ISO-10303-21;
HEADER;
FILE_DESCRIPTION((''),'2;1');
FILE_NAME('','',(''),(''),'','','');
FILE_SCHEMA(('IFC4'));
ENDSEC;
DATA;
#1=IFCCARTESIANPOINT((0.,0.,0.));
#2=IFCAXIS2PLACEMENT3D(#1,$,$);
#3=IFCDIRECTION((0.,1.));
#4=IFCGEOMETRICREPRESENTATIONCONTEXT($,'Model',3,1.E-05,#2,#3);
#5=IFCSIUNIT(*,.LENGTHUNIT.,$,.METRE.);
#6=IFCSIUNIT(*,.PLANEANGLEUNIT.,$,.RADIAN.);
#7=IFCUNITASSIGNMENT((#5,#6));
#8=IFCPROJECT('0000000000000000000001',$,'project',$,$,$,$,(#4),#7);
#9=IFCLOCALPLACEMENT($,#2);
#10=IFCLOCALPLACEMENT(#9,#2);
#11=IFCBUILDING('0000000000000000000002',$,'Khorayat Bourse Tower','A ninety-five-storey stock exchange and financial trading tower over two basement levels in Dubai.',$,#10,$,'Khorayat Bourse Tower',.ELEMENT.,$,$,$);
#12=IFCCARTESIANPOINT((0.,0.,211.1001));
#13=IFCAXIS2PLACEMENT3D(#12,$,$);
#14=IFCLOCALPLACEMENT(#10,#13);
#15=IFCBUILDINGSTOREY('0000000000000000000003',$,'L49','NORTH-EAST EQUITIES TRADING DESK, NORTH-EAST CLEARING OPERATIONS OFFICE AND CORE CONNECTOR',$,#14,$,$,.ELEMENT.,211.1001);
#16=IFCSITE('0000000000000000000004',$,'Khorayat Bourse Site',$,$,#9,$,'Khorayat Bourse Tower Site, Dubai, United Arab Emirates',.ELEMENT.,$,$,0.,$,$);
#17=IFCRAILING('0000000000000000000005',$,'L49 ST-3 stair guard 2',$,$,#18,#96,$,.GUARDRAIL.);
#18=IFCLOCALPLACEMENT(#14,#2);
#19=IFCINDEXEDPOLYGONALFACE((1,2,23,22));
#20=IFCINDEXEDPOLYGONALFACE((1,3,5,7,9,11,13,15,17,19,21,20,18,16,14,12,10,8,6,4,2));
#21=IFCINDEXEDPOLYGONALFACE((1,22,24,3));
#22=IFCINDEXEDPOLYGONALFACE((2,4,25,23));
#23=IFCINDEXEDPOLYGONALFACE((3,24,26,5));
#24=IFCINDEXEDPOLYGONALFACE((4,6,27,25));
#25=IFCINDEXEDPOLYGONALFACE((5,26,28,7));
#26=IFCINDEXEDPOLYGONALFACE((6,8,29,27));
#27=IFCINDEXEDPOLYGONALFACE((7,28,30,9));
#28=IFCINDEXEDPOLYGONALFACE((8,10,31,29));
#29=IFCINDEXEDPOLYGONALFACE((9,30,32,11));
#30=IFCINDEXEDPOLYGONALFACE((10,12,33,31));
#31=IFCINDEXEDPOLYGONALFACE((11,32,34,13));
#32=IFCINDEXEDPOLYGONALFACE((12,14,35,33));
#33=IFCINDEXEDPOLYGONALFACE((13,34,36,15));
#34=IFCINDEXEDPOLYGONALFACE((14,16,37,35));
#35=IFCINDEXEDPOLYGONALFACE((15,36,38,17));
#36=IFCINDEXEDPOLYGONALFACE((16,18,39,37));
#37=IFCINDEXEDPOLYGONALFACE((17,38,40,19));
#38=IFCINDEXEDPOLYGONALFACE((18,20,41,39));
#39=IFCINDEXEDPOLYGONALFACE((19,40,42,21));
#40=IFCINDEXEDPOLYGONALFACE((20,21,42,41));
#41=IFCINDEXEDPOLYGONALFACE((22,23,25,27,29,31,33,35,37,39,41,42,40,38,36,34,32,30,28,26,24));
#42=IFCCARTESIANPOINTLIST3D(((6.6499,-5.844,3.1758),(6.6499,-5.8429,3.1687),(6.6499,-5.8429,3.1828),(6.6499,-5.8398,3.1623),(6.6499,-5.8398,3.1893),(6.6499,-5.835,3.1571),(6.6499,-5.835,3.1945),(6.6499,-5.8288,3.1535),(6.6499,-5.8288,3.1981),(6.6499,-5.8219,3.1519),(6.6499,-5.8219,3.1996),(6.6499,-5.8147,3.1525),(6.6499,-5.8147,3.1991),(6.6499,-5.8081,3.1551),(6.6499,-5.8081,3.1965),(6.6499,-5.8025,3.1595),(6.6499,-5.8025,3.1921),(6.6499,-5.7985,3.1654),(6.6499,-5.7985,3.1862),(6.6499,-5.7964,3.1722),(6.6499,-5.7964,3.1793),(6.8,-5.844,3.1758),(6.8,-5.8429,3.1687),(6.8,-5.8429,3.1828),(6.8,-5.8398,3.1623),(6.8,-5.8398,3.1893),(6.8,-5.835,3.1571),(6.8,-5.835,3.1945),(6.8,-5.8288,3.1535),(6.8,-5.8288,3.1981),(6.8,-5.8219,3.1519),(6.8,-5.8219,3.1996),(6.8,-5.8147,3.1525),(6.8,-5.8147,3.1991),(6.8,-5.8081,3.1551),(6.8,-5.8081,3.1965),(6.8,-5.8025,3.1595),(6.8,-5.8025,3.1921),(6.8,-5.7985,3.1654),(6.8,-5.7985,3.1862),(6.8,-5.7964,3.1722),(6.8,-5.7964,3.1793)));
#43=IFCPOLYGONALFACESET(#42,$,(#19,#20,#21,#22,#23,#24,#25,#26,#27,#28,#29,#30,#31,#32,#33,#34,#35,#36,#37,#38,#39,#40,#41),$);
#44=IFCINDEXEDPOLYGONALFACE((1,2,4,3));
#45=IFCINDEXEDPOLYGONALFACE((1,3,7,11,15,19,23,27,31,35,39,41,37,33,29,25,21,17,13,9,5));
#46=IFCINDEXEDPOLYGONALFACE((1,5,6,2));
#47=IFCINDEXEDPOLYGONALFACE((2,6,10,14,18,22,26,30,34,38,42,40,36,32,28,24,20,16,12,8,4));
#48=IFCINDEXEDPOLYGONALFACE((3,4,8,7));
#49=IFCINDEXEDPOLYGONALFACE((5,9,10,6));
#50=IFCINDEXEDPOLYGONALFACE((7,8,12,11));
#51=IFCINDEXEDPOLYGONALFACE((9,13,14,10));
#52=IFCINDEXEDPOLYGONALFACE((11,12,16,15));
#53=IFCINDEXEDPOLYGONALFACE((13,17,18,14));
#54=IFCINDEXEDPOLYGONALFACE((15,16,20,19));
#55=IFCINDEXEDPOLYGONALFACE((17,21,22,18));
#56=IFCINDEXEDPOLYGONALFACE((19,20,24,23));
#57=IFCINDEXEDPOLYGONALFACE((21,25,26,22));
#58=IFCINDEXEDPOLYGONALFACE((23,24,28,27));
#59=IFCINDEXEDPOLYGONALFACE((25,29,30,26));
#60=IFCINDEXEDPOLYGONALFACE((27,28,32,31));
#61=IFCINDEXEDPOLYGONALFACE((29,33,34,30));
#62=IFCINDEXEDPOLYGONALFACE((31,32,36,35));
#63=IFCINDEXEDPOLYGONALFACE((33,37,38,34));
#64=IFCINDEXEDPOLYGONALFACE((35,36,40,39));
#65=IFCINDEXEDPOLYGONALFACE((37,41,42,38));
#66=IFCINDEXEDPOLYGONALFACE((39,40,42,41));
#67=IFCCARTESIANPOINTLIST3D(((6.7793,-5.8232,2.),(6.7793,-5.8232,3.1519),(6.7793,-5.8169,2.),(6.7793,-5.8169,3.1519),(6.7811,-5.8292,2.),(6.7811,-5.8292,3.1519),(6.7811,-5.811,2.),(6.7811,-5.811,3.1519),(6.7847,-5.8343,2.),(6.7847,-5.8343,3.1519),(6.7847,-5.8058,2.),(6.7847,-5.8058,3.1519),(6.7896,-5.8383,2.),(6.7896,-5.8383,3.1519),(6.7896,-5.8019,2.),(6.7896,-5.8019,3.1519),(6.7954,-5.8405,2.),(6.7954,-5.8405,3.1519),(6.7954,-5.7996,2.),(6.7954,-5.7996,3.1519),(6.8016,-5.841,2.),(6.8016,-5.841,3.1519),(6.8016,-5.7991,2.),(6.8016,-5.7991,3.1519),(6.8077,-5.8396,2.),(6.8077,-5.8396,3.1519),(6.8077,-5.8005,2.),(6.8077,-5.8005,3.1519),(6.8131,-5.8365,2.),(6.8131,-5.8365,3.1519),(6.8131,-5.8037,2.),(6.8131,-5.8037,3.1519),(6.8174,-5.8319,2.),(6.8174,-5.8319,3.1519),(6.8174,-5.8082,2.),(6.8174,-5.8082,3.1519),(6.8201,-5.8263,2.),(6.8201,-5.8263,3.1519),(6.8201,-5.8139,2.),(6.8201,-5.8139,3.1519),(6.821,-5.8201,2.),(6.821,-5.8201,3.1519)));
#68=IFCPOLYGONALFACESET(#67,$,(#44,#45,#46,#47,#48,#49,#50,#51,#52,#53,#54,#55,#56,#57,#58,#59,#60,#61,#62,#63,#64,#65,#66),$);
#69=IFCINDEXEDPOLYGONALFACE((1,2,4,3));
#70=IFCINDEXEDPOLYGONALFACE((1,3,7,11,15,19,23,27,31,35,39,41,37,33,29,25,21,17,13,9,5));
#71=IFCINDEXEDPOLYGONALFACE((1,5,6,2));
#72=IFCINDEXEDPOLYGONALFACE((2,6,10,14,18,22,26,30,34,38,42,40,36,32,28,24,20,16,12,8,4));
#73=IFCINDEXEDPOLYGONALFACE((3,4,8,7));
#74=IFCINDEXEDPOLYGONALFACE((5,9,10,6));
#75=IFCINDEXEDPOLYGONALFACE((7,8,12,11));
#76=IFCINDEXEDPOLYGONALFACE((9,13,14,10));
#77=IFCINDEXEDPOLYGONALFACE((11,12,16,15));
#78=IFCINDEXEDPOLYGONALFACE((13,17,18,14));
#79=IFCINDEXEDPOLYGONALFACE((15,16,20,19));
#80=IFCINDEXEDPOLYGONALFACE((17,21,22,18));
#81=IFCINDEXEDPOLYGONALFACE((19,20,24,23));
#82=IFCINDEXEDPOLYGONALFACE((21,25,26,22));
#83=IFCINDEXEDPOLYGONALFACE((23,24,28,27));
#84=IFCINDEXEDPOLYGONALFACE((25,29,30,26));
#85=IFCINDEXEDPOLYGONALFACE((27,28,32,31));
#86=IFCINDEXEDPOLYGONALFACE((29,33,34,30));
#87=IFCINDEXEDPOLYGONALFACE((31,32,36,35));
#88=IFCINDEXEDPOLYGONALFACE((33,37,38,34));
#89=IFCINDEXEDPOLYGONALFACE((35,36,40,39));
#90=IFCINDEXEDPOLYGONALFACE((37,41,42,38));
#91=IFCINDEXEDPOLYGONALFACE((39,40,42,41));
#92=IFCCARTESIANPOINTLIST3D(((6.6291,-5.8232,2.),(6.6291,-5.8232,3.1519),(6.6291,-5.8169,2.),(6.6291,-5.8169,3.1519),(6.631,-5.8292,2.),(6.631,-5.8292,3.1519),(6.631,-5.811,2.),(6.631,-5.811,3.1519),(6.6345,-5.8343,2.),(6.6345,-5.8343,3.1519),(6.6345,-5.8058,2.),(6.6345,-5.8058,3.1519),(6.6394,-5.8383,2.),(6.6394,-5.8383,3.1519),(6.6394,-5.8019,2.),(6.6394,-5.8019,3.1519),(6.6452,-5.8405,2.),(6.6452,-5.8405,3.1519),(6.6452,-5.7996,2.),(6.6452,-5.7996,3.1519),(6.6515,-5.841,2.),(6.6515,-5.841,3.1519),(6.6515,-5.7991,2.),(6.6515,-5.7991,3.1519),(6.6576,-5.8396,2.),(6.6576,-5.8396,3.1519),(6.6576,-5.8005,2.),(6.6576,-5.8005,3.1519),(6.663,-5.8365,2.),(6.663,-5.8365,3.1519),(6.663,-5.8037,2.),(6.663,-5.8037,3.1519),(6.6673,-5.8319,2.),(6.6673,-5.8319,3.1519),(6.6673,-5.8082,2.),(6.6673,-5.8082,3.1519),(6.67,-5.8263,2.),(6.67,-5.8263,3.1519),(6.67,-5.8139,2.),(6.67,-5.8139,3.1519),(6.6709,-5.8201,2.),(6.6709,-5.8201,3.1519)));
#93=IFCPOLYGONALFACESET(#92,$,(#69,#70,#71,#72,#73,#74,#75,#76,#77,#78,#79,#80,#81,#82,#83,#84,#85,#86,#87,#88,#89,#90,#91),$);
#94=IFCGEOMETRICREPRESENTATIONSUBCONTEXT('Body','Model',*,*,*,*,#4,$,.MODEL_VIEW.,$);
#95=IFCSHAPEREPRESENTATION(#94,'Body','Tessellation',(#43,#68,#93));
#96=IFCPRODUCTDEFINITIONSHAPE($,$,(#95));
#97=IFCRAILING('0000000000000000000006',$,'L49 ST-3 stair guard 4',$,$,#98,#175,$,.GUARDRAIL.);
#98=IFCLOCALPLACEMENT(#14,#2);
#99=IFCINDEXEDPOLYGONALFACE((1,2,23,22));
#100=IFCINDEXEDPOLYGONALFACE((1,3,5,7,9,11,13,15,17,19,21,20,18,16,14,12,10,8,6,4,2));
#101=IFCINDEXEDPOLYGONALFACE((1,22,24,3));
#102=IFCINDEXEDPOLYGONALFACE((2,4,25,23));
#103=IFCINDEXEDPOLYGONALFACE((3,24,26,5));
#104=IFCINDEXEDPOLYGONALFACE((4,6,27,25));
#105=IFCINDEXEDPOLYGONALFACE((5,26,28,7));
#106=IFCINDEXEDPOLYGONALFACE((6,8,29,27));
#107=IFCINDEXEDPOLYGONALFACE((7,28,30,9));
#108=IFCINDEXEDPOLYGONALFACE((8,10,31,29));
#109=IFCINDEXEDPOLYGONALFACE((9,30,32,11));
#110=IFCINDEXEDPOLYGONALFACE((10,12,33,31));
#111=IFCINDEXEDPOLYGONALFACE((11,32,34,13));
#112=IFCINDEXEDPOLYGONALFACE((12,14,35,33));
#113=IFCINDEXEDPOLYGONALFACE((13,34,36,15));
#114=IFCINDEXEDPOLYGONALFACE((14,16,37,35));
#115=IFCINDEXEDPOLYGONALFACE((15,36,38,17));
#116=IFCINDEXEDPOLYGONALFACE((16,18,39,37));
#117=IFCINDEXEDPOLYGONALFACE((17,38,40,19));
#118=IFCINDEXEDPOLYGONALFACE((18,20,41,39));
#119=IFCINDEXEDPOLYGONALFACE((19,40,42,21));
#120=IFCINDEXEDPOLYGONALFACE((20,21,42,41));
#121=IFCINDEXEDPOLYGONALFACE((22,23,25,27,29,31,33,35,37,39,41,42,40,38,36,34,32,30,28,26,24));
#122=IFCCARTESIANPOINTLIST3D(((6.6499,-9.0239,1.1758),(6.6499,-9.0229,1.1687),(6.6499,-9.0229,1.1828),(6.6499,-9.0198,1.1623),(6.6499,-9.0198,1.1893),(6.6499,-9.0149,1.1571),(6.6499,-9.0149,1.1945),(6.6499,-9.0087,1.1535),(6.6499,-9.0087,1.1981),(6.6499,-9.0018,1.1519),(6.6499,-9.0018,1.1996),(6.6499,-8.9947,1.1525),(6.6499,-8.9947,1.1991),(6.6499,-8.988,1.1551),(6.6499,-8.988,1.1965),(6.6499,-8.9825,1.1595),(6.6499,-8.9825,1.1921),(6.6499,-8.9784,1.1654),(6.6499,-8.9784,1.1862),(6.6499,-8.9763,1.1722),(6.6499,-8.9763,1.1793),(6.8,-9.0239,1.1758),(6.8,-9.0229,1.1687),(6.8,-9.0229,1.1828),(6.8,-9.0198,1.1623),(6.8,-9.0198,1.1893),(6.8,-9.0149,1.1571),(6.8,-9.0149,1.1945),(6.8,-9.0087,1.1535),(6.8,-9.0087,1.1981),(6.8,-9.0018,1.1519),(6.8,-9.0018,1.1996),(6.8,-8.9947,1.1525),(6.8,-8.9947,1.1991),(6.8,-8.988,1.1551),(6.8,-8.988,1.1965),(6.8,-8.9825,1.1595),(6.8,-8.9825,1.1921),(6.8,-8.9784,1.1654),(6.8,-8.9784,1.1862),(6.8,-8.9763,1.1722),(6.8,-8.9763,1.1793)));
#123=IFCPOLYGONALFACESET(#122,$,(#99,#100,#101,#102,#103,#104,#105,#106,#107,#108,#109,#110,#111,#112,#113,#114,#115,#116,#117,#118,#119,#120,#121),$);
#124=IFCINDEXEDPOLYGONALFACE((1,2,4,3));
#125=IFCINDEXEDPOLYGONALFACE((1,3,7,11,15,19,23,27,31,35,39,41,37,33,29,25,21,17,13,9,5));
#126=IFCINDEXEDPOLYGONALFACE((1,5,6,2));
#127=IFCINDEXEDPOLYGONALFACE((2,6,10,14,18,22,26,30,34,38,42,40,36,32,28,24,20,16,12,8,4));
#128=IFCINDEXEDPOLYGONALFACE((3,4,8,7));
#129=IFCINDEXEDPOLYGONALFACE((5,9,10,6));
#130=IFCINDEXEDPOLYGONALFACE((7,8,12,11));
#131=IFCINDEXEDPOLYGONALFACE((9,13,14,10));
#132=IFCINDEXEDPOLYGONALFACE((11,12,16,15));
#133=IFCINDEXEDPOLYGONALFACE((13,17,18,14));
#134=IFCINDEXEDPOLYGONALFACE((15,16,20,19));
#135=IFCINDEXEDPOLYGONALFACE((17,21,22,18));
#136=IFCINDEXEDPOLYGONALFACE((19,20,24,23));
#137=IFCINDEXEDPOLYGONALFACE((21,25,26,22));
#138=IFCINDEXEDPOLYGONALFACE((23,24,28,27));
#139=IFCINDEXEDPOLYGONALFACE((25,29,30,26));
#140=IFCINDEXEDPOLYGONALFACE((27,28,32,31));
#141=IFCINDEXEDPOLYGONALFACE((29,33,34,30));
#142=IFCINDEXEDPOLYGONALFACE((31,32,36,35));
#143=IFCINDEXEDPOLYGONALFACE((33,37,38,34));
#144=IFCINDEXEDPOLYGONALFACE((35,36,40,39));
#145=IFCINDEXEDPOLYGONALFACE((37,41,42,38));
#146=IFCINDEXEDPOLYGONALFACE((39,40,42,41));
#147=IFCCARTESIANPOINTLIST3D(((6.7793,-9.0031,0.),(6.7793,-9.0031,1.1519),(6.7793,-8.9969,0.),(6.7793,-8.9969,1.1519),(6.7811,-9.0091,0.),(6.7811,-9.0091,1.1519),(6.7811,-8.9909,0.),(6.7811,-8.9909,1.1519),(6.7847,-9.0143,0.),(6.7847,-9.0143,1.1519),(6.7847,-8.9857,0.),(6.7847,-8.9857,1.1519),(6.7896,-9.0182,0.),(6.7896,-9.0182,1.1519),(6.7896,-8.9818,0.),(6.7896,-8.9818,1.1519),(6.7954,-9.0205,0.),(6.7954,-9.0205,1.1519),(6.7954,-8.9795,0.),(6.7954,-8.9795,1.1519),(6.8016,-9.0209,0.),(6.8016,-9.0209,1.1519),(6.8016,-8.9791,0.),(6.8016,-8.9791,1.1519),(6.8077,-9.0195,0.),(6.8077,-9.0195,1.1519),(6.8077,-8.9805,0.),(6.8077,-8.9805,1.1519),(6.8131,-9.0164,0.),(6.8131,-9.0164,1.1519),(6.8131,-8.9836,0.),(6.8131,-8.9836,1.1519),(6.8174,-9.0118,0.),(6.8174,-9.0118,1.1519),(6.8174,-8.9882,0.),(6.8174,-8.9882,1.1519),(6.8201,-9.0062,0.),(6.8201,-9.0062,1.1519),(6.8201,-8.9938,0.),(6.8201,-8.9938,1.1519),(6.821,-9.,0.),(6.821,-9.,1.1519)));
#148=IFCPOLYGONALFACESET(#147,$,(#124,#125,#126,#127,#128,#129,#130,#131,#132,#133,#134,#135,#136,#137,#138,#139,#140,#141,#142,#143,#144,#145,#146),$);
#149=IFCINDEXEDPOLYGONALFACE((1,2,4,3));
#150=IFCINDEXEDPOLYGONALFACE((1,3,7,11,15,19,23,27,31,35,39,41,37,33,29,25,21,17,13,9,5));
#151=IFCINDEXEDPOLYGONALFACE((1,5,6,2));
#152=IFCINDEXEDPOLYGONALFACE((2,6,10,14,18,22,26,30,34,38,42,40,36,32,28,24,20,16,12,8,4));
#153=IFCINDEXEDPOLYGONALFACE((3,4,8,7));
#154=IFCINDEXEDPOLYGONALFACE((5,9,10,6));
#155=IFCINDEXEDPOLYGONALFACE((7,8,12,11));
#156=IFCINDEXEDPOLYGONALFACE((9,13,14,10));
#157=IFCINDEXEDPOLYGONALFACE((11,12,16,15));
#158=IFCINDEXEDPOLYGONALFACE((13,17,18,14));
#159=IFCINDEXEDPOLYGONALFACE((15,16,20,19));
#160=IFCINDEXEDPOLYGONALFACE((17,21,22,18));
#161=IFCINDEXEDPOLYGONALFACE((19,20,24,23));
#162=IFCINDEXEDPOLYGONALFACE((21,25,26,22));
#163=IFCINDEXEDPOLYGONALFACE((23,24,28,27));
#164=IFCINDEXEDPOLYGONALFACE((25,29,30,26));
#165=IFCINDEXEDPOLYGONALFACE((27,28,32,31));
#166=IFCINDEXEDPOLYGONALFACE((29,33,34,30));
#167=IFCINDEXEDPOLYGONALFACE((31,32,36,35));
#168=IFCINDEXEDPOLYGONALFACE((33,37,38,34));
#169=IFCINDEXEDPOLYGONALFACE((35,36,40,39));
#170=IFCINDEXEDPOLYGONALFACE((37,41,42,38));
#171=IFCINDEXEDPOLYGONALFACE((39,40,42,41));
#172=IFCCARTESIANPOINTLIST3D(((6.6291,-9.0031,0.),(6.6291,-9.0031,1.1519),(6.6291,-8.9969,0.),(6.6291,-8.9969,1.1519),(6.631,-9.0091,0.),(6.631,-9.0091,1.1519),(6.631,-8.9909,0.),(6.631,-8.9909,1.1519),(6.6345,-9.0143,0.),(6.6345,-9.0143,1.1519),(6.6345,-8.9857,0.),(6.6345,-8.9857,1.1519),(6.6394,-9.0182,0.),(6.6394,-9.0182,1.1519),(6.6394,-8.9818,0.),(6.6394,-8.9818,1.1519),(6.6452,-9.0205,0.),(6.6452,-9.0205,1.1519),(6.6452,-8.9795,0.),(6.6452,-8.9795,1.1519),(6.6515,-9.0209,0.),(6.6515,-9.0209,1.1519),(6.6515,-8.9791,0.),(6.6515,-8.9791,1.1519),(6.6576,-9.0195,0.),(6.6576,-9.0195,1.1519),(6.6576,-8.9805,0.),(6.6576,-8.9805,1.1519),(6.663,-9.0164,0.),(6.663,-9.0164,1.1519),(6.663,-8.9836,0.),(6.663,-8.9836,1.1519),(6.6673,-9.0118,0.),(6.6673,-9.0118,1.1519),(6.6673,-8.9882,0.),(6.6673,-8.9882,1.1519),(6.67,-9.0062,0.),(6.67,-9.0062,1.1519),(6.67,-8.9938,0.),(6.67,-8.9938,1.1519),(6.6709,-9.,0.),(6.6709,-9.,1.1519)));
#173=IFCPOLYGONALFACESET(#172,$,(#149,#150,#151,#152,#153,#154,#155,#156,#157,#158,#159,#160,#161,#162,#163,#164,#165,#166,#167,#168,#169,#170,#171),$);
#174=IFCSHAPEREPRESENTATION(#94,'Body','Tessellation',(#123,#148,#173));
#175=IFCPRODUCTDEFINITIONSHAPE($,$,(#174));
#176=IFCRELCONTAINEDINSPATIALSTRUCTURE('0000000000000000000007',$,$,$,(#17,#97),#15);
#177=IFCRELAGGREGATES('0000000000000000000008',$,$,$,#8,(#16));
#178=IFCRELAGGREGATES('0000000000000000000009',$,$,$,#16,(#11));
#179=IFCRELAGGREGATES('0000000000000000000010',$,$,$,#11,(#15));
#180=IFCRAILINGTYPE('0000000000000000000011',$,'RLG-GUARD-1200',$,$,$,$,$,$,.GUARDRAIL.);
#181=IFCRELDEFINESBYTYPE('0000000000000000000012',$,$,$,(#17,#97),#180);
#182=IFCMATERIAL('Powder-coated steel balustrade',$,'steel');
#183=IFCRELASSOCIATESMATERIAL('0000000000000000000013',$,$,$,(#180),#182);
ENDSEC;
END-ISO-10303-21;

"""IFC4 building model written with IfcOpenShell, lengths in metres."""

from ifc_helpers import new_model, si_unit, direction, frame, origin, origin_2d, place, context, subcontext, project, spatial, circle, extrude, source, transform, mapped, material, type_object, element, save


model = new_model("IFC4")

# Units and contexts
model_context = context("Model", 3, precision=1e-05, world=origin(), true_north=direction((0.0, 1.0)))
body_context = subcontext(model_context, "Body", "Model", "MODEL_VIEW")
ifc_project = project(units=[si_unit("LENGTHUNIT", "METRE"), si_unit("PLANEANGLEUNIT", "RADIAN")], contexts=[model_context])

# Site, building, storey
site_placement = place(None, origin())
site = spatial("IfcSite", under=ifc_project, at=site_placement, Name="Khorayat Bourse Site", LongName="Khorayat Bourse Tower Site, Dubai, United Arab Emirates", CompositionType="ELEMENT", RefElevation=0.0)
building_placement = place(site_placement, origin())
building = spatial("IfcBuilding", under=site, at=building_placement, Name="Khorayat Bourse Tower", Description="A ninety-five-storey stock exchange and financial trading tower over two basement levels in Dubai.", LongName="Khorayat Bourse Tower", CompositionType="ELEMENT")
storey_placement = place(building_placement, frame((0.0, 0.0, 211.1001)))
storey = spatial("IfcBuildingStorey", under=building, at=storey_placement, Name="L49", Description="NORTH-EAST EQUITIES TRADING DESK, NORTH-EAST CLEARING OPERATIONS OFFICE AND CORE CONNECTOR", CompositionType="ELEMENT", Elevation=211.1001)

# Railings
ifc_material_1 = material(Name="Powder-coated steel balustrade", Category="steel")
railing_type_1 = type_object("IfcRailingType", Name="RLG-GUARD-1200", PredefinedType="GUARDRAIL", material=ifc_material_1)
shared_shape_1 = source(origin(), body_context, "Body", "SweptSolid", [
    extrude(circle(Radius=0.0239, at=origin_2d()), frame((0.0, 0.0, 1.1758), z_axis=(-1.0, 0.0, 0.0), x_axis=(0.0, -1.0, 0.0)), (0.0, 0.0, 1.0), 0.1501),
    extrude(circle(Radius=0.021, at=origin_2d()), origin(), (0.0, 0.0, 1.0), 1.1519),
    extrude(circle(Radius=0.021, at=origin_2d()), frame((-0.1501, 0.0, 0.0)), (0.0, 0.0, 1.0), 1.1519),
])
for number, where, name in (
    (1, (6.8, -5.8201, 2.0), "L49 ST-3 stair guard 2"),
    (2, (6.8, -9.0, 0.0), "L49 ST-3 stair guard 4"),
):
    element("IfcRailing", number, at=place(storey_placement, frame(where)), inside=storey, type_object=railing_type_1, Name=name, PredefinedType="GUARDRAIL", context=body_context, shape_type="MappedRepresentation", body=[
        mapped(shared_shape_1, transform((0.0, 0.0, 0.0), scale=1.0)),
    ])

save(model, "model.ifc")
